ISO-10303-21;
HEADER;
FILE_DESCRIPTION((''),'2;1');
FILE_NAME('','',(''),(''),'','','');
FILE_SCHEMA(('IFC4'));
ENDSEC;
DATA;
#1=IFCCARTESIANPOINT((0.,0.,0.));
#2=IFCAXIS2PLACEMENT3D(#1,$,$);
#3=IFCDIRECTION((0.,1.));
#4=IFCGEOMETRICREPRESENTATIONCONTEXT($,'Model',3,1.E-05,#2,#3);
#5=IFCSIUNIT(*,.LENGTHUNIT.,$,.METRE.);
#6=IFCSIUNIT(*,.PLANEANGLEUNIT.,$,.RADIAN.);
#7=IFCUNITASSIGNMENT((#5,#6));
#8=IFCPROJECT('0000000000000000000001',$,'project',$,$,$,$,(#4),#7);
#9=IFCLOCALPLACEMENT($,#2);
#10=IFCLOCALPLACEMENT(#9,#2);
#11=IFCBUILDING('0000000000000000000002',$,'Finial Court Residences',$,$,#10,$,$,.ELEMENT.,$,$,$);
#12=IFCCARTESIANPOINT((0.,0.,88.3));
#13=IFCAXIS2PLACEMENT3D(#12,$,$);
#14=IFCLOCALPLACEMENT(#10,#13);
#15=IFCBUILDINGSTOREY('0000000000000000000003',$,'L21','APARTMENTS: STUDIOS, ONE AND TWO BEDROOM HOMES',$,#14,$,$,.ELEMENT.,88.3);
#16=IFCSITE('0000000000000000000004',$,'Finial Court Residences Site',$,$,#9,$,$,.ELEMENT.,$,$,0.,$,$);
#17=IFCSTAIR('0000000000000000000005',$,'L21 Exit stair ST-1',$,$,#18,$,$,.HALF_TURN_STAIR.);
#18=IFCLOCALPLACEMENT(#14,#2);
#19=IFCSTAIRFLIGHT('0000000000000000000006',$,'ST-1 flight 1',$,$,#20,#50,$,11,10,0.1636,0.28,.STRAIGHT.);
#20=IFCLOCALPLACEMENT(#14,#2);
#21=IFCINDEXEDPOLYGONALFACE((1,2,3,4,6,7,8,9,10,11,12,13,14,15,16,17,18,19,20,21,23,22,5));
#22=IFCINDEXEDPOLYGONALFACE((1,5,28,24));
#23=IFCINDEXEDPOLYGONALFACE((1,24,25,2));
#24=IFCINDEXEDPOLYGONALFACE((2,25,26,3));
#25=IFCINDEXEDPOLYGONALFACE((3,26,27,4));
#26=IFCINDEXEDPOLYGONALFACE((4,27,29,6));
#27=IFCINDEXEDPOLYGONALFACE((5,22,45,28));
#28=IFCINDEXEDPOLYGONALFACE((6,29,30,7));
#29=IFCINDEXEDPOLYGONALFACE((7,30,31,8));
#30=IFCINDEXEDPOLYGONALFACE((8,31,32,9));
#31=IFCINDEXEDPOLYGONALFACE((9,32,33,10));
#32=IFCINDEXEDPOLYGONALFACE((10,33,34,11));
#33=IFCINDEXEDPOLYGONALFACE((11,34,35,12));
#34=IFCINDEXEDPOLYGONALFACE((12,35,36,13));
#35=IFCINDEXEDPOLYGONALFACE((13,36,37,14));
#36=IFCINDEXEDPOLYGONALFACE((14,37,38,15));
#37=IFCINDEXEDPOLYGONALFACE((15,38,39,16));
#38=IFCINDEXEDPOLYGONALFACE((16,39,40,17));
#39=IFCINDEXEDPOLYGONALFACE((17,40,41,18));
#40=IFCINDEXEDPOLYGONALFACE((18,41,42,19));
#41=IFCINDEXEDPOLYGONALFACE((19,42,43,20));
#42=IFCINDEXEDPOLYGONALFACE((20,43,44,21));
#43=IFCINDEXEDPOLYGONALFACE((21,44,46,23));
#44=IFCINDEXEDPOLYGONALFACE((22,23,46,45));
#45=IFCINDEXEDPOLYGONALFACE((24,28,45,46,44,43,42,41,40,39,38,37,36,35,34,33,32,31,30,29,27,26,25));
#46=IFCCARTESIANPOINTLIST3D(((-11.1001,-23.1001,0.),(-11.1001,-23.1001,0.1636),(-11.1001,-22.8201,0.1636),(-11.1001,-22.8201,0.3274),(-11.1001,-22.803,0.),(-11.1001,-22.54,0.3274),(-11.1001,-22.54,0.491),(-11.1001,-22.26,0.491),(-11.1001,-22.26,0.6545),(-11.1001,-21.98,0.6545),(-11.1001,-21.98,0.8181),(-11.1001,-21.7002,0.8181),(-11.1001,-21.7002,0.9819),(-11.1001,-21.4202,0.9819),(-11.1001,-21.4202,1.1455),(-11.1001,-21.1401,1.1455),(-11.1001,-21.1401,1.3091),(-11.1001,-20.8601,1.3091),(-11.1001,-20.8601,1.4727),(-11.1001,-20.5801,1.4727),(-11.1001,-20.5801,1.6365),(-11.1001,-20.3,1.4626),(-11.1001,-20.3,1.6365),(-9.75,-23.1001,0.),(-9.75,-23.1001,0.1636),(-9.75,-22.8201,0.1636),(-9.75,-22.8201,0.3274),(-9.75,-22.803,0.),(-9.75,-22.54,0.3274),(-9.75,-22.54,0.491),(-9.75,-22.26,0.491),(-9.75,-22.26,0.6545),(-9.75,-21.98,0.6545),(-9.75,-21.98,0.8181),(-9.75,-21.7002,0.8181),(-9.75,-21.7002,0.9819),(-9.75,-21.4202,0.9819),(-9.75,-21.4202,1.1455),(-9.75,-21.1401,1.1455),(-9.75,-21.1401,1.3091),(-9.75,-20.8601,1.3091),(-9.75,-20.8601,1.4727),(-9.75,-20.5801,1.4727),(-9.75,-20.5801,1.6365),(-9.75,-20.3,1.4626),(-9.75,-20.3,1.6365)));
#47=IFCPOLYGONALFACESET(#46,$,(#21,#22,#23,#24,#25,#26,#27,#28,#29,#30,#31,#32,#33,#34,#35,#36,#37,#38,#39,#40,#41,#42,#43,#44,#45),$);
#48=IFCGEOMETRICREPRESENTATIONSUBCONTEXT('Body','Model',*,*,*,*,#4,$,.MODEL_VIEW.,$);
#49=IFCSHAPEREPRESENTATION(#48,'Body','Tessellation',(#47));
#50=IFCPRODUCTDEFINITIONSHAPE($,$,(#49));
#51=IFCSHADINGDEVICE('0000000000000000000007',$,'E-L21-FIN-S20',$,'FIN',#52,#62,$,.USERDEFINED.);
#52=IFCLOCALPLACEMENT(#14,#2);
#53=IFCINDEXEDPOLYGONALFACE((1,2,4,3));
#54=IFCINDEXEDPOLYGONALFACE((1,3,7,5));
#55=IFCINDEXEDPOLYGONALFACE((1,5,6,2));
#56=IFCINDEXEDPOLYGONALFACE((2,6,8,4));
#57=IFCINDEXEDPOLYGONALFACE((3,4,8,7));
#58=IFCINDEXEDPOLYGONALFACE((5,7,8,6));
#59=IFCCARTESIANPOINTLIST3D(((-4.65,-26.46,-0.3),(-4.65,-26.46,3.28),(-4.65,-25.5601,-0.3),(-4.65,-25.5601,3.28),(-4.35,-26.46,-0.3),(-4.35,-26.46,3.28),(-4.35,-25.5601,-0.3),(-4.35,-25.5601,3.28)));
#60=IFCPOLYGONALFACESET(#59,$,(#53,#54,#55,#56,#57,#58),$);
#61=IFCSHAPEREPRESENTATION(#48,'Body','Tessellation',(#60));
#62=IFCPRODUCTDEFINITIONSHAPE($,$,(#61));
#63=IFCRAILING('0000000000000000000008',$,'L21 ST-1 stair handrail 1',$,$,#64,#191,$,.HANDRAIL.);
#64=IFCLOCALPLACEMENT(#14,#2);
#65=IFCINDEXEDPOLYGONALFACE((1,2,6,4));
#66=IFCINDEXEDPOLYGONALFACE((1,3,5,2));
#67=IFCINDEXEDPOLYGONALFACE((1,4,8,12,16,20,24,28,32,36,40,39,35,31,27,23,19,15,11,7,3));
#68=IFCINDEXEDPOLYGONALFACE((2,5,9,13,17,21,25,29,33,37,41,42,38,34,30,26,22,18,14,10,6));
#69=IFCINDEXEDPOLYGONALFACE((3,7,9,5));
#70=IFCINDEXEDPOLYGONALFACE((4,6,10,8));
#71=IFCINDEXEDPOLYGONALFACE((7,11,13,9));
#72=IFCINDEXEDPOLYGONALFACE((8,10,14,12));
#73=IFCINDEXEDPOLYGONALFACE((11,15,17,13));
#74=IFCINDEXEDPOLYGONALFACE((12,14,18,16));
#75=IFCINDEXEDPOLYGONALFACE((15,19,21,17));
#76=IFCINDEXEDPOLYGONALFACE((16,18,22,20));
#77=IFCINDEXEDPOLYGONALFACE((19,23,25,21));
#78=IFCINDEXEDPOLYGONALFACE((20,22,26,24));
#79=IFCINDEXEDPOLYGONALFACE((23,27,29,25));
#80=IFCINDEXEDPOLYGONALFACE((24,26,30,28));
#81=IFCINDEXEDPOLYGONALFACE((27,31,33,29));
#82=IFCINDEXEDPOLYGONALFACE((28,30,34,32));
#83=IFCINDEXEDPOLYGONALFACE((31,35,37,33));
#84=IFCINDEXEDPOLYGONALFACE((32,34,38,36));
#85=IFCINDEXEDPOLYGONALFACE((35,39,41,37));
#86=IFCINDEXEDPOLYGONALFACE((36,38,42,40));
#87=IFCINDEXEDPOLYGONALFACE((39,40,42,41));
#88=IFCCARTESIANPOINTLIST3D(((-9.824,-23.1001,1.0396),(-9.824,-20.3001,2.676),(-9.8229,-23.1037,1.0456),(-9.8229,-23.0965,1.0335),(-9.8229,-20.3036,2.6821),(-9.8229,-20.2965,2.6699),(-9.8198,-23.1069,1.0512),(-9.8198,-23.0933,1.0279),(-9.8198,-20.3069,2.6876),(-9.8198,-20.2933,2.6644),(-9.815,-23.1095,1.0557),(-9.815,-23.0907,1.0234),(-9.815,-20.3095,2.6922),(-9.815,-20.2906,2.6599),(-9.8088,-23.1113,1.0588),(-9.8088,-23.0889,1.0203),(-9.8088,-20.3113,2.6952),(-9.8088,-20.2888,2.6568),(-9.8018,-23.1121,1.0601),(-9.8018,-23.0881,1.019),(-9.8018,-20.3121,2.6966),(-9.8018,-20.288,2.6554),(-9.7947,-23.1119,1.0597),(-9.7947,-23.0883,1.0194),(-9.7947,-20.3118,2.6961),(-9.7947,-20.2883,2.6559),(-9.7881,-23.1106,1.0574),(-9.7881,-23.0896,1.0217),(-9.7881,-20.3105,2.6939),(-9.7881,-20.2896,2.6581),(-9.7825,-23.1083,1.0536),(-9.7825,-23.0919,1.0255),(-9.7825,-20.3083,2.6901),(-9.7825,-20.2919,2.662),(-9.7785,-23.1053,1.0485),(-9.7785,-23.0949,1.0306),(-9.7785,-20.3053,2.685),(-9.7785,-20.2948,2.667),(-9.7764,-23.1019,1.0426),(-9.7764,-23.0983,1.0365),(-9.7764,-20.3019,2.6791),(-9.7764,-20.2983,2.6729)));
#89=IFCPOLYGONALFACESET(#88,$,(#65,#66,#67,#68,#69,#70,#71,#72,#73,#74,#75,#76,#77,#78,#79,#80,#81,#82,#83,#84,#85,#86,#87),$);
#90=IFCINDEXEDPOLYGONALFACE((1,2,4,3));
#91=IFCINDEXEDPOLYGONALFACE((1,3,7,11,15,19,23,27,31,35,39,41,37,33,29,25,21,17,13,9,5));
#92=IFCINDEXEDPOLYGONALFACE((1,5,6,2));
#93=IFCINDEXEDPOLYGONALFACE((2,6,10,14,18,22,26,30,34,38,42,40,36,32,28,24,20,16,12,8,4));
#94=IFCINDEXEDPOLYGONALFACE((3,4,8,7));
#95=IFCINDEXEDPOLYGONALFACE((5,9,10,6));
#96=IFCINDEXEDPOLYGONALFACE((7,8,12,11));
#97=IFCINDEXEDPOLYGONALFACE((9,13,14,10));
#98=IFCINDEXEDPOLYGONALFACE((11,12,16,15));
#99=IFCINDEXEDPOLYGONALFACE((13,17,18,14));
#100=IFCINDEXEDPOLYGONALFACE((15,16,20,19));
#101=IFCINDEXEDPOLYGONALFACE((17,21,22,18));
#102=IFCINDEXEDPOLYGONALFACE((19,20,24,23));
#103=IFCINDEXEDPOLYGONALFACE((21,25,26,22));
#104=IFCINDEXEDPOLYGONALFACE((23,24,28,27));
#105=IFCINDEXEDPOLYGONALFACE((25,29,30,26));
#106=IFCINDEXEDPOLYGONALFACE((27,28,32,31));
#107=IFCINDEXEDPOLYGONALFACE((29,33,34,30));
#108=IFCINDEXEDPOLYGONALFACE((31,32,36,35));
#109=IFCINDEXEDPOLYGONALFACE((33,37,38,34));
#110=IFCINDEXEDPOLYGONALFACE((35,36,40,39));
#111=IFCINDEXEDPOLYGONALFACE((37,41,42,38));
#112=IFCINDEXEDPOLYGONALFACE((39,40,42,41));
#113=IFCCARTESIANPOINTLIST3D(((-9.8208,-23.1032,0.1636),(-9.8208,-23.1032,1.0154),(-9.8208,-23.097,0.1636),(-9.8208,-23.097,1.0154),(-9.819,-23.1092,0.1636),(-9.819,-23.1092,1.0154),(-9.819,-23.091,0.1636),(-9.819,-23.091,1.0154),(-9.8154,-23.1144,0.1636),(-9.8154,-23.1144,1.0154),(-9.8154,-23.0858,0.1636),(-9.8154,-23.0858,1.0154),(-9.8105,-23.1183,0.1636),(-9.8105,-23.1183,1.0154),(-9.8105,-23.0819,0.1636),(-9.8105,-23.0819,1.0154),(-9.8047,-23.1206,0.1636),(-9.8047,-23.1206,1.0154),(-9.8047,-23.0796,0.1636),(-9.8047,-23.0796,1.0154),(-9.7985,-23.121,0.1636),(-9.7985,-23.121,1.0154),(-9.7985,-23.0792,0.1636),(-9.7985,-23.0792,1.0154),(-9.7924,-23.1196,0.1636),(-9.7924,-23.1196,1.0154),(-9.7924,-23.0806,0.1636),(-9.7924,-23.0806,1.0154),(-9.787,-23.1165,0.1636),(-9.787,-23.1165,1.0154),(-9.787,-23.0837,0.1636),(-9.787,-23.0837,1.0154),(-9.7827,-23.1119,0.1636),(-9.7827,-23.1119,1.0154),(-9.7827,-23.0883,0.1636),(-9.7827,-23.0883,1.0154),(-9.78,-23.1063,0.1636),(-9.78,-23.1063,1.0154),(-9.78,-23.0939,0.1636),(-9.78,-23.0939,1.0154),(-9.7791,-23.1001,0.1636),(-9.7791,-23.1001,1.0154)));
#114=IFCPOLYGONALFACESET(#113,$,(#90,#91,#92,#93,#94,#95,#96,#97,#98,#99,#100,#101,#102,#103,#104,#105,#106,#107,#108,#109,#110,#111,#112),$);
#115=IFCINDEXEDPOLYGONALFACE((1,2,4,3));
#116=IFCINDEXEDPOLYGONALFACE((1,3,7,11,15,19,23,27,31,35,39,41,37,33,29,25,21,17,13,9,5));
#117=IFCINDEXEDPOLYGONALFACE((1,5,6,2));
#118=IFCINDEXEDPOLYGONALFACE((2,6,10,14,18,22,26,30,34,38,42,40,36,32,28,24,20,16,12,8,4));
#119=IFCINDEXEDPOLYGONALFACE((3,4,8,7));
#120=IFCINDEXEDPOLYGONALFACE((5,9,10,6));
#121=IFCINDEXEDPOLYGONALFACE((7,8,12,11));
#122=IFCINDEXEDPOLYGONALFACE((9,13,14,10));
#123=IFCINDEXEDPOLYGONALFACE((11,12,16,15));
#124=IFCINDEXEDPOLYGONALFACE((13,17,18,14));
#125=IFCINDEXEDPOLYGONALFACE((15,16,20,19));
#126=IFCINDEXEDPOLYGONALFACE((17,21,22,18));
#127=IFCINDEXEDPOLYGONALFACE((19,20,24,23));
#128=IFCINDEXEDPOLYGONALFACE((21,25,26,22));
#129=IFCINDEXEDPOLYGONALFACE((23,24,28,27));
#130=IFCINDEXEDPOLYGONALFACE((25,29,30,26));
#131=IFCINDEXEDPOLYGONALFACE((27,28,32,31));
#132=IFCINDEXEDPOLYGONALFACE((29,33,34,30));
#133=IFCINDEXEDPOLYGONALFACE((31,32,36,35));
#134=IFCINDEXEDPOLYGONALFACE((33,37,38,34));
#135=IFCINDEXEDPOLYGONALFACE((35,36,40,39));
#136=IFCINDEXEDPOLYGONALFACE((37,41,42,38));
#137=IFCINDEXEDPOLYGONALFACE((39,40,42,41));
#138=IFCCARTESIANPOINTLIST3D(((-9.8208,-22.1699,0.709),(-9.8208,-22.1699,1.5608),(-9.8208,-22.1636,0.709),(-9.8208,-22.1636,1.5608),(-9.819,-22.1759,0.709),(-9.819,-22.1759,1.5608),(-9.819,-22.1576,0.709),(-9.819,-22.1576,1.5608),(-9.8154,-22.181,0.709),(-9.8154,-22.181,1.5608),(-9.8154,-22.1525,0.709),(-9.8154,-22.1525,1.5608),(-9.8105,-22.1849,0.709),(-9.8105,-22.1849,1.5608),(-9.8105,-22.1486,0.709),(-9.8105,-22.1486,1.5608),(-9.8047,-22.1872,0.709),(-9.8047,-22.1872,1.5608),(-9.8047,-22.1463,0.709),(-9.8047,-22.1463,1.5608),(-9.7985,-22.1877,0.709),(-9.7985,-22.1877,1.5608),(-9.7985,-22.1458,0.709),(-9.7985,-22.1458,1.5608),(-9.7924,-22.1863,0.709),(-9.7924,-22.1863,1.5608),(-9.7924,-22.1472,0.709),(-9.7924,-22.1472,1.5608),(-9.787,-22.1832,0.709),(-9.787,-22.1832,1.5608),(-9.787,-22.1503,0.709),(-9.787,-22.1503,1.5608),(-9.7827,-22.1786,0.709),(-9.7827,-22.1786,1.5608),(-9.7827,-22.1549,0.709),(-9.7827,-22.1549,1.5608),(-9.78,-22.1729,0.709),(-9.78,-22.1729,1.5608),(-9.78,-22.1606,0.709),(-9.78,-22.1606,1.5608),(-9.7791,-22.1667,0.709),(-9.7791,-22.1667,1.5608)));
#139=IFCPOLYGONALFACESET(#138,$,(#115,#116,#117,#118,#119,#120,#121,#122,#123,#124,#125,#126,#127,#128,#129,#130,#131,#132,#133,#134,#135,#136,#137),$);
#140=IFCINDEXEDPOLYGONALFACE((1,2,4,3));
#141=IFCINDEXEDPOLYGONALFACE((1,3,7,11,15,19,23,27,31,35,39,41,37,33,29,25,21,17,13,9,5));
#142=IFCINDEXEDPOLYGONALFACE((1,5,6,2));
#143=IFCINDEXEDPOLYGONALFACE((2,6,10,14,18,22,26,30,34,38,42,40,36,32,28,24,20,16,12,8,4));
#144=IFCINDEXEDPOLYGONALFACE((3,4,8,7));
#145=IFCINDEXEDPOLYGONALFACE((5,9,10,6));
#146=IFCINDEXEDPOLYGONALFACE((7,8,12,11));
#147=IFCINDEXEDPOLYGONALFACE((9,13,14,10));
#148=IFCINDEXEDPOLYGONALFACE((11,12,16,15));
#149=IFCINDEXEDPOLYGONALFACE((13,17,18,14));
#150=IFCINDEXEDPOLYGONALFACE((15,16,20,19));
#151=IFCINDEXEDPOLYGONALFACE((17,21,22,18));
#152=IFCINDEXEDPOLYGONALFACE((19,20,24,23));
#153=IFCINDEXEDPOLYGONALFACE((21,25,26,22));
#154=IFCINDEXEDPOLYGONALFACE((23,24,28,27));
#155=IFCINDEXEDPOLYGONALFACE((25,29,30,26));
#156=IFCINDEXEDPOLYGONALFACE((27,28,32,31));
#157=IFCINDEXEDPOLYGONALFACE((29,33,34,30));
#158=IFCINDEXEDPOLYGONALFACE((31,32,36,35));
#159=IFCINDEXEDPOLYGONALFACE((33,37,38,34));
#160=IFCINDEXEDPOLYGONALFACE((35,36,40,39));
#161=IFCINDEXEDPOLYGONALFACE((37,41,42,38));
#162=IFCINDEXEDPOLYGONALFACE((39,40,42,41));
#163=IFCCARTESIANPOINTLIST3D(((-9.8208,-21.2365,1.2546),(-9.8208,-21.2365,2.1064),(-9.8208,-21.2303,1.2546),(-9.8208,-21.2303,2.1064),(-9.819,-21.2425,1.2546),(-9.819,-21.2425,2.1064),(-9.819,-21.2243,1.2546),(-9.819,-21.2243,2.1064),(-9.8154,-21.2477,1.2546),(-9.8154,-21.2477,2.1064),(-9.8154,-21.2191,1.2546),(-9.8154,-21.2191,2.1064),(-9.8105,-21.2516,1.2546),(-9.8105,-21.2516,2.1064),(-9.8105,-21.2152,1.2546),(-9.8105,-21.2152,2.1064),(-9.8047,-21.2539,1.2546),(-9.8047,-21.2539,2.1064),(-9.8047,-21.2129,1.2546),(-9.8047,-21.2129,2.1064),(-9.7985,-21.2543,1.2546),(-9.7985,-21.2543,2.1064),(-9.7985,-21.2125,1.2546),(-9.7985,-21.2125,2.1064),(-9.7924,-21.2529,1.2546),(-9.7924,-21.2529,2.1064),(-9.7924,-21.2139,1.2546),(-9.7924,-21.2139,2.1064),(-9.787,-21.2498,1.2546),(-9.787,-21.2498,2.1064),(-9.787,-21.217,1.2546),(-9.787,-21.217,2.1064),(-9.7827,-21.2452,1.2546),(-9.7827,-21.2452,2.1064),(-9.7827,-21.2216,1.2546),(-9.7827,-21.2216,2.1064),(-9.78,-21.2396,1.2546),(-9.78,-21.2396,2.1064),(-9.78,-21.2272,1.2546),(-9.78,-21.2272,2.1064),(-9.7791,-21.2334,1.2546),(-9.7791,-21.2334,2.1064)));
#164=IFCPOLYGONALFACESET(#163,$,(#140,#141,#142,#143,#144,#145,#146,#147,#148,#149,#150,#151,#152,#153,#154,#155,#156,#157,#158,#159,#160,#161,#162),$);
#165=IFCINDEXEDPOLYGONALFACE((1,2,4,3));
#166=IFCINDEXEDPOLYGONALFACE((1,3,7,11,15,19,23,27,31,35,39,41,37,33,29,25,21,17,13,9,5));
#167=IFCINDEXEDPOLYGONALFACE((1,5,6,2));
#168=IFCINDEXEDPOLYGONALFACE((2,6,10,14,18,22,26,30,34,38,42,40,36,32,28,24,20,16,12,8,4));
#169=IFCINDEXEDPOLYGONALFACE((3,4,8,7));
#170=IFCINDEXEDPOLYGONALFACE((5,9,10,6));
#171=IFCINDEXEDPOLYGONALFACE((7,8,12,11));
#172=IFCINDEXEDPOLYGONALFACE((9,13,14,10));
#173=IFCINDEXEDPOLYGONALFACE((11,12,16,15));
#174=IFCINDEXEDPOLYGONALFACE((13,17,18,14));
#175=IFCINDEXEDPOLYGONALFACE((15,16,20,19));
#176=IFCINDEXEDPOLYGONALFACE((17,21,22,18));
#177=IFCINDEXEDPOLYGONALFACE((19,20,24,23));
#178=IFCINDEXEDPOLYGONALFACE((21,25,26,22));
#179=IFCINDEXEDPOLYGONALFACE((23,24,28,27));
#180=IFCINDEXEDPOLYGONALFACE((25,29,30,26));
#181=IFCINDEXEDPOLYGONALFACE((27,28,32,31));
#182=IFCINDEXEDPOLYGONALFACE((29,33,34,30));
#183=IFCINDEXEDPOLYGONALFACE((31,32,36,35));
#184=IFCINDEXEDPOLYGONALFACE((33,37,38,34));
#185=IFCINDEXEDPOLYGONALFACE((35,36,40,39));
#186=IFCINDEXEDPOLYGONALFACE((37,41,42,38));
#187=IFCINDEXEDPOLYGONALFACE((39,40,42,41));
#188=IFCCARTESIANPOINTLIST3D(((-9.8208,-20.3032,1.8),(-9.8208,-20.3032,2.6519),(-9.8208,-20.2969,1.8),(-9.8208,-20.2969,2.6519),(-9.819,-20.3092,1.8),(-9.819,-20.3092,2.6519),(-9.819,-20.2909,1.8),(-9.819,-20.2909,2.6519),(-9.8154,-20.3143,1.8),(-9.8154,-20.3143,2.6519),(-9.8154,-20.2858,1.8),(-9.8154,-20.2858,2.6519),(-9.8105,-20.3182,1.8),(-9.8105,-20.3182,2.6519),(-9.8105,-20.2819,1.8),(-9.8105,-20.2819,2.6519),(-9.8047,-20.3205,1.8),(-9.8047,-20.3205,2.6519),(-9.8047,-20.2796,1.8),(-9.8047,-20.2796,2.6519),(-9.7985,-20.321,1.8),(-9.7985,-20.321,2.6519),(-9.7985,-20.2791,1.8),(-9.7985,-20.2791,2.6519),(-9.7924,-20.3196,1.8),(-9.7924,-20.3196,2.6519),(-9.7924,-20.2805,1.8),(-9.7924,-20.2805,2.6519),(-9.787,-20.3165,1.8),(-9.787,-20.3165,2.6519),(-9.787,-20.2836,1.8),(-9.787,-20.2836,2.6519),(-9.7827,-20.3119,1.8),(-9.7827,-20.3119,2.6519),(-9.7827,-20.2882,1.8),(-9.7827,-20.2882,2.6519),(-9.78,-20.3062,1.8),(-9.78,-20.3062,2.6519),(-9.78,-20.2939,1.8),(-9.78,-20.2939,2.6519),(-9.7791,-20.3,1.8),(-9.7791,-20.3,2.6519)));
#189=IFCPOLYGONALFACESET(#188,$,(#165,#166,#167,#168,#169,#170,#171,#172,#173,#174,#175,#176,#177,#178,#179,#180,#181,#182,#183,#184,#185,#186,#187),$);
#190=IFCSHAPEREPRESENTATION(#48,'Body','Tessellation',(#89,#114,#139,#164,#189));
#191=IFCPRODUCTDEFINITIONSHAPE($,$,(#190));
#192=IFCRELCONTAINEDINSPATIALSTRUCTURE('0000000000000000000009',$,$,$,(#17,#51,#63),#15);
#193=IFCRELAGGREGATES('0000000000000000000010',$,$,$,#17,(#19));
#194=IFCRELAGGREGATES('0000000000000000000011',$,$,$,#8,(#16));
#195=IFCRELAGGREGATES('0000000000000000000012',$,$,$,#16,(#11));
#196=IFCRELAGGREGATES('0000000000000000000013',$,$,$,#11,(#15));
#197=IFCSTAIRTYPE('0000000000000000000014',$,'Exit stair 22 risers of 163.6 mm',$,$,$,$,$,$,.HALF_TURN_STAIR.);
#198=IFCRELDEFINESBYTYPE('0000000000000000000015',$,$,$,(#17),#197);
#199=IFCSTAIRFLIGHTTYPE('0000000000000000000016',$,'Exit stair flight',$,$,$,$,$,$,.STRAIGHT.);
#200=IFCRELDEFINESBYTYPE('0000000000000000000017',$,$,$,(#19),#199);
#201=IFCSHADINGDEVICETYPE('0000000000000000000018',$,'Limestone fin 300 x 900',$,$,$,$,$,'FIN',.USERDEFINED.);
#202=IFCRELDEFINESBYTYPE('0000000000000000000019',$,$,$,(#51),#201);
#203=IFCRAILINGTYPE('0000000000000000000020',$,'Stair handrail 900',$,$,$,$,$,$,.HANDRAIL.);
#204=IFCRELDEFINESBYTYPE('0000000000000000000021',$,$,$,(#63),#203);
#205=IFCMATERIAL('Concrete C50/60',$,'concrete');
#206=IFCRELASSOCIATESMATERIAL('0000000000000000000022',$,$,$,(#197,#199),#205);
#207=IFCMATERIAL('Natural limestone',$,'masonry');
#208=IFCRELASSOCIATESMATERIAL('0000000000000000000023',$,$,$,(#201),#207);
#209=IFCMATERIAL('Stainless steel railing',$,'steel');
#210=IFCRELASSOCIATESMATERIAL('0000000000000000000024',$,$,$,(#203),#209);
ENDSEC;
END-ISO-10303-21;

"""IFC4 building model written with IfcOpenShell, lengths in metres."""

from ifc_helpers import new_model, si_unit, direction, frame, origin, origin_2d, place, context, subcontext, project, spatial, polyline, rectangle, circle, outline, extrude, material, type_object, element, aggregate, save


model = new_model("IFC4")

# Units and contexts
model_context = context("Model", 3, precision=1e-05, world=origin(), true_north=direction((0.0, 1.0)))
body_context = subcontext(model_context, "Body", "Model", "MODEL_VIEW")
ifc_project = project(units=[si_unit("LENGTHUNIT", "METRE"), si_unit("PLANEANGLEUNIT", "RADIAN")], contexts=[model_context])

# Site, building, storey
site_placement = place(None, origin())
site = spatial("IfcSite", under=ifc_project, at=site_placement, Name="Finial Court Residences Site", CompositionType="ELEMENT", RefElevation=0.0)
building_placement = place(site_placement, origin())
building = spatial("IfcBuilding", under=site, at=building_placement, Name="Finial Court Residences", CompositionType="ELEMENT")
storey_placement = place(building_placement, frame((0.0, 0.0, 88.3)))
storey = spatial("IfcBuildingStorey", under=building, at=storey_placement, Name="L21", Description="APARTMENTS: STUDIOS, ONE AND TWO BEDROOM HOMES", CompositionType="ELEMENT", Elevation=88.3)

# Stair, stair flight
ifc_material_1 = material(Name="Concrete C50/60", Category="concrete")
stair_type = type_object("IfcStairType", Name="Exit stair 22 risers of 163.6 mm", PredefinedType="HALF_TURN_STAIR", material=ifc_material_1)
stair_placement = place(storey_placement, origin())
stair = element("IfcStair", 1, at=stair_placement, inside=storey, type_object=stair_type, Name="L21 Exit stair ST-1", PredefinedType="HALF_TURN_STAIR")
stair_flight_type = type_object("IfcStairFlightType", Name="Exit stair flight", PredefinedType="STRAIGHT", material=ifc_material_1)
stair_flight_placement = place(storey_placement, frame((-10.425, -23.1001, 0.0), z_axis=(0.0, 0.0, 1.0), x_axis=(0.0, 1.0, 0.0)))
stair_flight = element("IfcStairFlight", 2, at=stair_flight_placement, type_object=stair_flight_type, Name="ST-1 flight 1", NumberOfRisers=11, NumberOfTreads=10, PredefinedType="STRAIGHT", RiserHeight=0.1636, TreadLength=0.28, context=body_context, shape_type="SweptSolid", body=[
    extrude(outline(polyline([(0.0, 0.0), (0.0, 0.1636), (0.28, 0.1636), (0.28, 0.3274), (0.5601, 0.3274), (0.5601, 0.491), (0.8401, 0.491), (0.8401, 0.6545), (1.1201, 0.6545), (1.1201, 0.8181), (1.3999, 0.8181), (1.3999, 0.9819), (1.6799, 0.9819), (1.6799, 1.1455), (1.96, 1.1455), (1.96, 1.3091), (2.24, 1.3091), (2.24, 1.4727), (2.52, 1.4727), (2.52, 1.6365), (2.8, 1.6365), (2.8, 1.8), (2.8, 1.4626), (0.2971, 0.0), (0.0, 0.0)])), frame((0.0, 0.675, 0.0), z_axis=(0.0, -1.0, 0.0), x_axis=(1.0, 0.0, 0.0)), (0.0, 0.0, 1.0), 1.3501),
])
aggregate(stair, [stair_flight])

# Shading device
ifc_material_2 = material(Name="Natural limestone", Category="masonry")
shading_device_type = type_object("IfcShadingDeviceType", Name="Limestone fin 300 x 900", ElementType="FIN", PredefinedType="USERDEFINED", material=ifc_material_2)
shading_device_placement = place(storey_placement, frame((-4.5, -26.01, -0.3), z_axis=(0.0, 0.0, 1.0), x_axis=(1.0, 0.0, 0.0)))
element("IfcShadingDevice", 3, at=shading_device_placement, inside=storey, type_object=shading_device_type, Name="E-L21-FIN-S20", ObjectType="FIN", PredefinedType="USERDEFINED", context=body_context, shape_type="SweptSolid", body=[
    extrude(rectangle(XDim=0.3, YDim=0.8999, at=origin_2d()), origin(), (0.0, 0.0, 1.0), 3.5801),
])

# Railing
ifc_material_3 = material(Name="Stainless steel railing", Category="steel")
railing_type = type_object("IfcRailingType", Name="Stair handrail 900", PredefinedType="HANDRAIL", material=ifc_material_3)
railing_placement = place(storey_placement, frame((-9.8, -23.1001, 0.1636)))
element("IfcRailing", 4, at=railing_placement, inside=storey, type_object=railing_type, Name="L21 ST-1 stair handrail 1", PredefinedType="HANDRAIL", context=body_context, shape_type="SweptSolid", body=[
    extrude(circle(Radius=0.0239, at=origin_2d()), frame((0.0, 0.0, 0.876), z_axis=(0.0, 0.863361, 0.504587), x_axis=(-1.0, 0.0, 0.0)), (0.0, 0.0, 1.0), 3.2432),
    extrude(circle(Radius=0.021, at=origin_2d()), origin(), (0.0, 0.0, 1.0), 0.8518),
    extrude(circle(Radius=0.021, at=origin_2d()), frame((0.0, 0.9333, 0.5454)), (0.0, 0.0, 1.0), 0.8518),
    extrude(circle(Radius=0.021, at=origin_2d()), frame((0.0, 1.8667, 1.0911)), (0.0, 0.0, 1.0), 0.8518),
    extrude(circle(Radius=0.021, at=origin_2d()), frame((0.0, 2.8, 1.6365)), (0.0, 0.0, 1.0), 0.8518),
])

save(model, "model.ifc")
